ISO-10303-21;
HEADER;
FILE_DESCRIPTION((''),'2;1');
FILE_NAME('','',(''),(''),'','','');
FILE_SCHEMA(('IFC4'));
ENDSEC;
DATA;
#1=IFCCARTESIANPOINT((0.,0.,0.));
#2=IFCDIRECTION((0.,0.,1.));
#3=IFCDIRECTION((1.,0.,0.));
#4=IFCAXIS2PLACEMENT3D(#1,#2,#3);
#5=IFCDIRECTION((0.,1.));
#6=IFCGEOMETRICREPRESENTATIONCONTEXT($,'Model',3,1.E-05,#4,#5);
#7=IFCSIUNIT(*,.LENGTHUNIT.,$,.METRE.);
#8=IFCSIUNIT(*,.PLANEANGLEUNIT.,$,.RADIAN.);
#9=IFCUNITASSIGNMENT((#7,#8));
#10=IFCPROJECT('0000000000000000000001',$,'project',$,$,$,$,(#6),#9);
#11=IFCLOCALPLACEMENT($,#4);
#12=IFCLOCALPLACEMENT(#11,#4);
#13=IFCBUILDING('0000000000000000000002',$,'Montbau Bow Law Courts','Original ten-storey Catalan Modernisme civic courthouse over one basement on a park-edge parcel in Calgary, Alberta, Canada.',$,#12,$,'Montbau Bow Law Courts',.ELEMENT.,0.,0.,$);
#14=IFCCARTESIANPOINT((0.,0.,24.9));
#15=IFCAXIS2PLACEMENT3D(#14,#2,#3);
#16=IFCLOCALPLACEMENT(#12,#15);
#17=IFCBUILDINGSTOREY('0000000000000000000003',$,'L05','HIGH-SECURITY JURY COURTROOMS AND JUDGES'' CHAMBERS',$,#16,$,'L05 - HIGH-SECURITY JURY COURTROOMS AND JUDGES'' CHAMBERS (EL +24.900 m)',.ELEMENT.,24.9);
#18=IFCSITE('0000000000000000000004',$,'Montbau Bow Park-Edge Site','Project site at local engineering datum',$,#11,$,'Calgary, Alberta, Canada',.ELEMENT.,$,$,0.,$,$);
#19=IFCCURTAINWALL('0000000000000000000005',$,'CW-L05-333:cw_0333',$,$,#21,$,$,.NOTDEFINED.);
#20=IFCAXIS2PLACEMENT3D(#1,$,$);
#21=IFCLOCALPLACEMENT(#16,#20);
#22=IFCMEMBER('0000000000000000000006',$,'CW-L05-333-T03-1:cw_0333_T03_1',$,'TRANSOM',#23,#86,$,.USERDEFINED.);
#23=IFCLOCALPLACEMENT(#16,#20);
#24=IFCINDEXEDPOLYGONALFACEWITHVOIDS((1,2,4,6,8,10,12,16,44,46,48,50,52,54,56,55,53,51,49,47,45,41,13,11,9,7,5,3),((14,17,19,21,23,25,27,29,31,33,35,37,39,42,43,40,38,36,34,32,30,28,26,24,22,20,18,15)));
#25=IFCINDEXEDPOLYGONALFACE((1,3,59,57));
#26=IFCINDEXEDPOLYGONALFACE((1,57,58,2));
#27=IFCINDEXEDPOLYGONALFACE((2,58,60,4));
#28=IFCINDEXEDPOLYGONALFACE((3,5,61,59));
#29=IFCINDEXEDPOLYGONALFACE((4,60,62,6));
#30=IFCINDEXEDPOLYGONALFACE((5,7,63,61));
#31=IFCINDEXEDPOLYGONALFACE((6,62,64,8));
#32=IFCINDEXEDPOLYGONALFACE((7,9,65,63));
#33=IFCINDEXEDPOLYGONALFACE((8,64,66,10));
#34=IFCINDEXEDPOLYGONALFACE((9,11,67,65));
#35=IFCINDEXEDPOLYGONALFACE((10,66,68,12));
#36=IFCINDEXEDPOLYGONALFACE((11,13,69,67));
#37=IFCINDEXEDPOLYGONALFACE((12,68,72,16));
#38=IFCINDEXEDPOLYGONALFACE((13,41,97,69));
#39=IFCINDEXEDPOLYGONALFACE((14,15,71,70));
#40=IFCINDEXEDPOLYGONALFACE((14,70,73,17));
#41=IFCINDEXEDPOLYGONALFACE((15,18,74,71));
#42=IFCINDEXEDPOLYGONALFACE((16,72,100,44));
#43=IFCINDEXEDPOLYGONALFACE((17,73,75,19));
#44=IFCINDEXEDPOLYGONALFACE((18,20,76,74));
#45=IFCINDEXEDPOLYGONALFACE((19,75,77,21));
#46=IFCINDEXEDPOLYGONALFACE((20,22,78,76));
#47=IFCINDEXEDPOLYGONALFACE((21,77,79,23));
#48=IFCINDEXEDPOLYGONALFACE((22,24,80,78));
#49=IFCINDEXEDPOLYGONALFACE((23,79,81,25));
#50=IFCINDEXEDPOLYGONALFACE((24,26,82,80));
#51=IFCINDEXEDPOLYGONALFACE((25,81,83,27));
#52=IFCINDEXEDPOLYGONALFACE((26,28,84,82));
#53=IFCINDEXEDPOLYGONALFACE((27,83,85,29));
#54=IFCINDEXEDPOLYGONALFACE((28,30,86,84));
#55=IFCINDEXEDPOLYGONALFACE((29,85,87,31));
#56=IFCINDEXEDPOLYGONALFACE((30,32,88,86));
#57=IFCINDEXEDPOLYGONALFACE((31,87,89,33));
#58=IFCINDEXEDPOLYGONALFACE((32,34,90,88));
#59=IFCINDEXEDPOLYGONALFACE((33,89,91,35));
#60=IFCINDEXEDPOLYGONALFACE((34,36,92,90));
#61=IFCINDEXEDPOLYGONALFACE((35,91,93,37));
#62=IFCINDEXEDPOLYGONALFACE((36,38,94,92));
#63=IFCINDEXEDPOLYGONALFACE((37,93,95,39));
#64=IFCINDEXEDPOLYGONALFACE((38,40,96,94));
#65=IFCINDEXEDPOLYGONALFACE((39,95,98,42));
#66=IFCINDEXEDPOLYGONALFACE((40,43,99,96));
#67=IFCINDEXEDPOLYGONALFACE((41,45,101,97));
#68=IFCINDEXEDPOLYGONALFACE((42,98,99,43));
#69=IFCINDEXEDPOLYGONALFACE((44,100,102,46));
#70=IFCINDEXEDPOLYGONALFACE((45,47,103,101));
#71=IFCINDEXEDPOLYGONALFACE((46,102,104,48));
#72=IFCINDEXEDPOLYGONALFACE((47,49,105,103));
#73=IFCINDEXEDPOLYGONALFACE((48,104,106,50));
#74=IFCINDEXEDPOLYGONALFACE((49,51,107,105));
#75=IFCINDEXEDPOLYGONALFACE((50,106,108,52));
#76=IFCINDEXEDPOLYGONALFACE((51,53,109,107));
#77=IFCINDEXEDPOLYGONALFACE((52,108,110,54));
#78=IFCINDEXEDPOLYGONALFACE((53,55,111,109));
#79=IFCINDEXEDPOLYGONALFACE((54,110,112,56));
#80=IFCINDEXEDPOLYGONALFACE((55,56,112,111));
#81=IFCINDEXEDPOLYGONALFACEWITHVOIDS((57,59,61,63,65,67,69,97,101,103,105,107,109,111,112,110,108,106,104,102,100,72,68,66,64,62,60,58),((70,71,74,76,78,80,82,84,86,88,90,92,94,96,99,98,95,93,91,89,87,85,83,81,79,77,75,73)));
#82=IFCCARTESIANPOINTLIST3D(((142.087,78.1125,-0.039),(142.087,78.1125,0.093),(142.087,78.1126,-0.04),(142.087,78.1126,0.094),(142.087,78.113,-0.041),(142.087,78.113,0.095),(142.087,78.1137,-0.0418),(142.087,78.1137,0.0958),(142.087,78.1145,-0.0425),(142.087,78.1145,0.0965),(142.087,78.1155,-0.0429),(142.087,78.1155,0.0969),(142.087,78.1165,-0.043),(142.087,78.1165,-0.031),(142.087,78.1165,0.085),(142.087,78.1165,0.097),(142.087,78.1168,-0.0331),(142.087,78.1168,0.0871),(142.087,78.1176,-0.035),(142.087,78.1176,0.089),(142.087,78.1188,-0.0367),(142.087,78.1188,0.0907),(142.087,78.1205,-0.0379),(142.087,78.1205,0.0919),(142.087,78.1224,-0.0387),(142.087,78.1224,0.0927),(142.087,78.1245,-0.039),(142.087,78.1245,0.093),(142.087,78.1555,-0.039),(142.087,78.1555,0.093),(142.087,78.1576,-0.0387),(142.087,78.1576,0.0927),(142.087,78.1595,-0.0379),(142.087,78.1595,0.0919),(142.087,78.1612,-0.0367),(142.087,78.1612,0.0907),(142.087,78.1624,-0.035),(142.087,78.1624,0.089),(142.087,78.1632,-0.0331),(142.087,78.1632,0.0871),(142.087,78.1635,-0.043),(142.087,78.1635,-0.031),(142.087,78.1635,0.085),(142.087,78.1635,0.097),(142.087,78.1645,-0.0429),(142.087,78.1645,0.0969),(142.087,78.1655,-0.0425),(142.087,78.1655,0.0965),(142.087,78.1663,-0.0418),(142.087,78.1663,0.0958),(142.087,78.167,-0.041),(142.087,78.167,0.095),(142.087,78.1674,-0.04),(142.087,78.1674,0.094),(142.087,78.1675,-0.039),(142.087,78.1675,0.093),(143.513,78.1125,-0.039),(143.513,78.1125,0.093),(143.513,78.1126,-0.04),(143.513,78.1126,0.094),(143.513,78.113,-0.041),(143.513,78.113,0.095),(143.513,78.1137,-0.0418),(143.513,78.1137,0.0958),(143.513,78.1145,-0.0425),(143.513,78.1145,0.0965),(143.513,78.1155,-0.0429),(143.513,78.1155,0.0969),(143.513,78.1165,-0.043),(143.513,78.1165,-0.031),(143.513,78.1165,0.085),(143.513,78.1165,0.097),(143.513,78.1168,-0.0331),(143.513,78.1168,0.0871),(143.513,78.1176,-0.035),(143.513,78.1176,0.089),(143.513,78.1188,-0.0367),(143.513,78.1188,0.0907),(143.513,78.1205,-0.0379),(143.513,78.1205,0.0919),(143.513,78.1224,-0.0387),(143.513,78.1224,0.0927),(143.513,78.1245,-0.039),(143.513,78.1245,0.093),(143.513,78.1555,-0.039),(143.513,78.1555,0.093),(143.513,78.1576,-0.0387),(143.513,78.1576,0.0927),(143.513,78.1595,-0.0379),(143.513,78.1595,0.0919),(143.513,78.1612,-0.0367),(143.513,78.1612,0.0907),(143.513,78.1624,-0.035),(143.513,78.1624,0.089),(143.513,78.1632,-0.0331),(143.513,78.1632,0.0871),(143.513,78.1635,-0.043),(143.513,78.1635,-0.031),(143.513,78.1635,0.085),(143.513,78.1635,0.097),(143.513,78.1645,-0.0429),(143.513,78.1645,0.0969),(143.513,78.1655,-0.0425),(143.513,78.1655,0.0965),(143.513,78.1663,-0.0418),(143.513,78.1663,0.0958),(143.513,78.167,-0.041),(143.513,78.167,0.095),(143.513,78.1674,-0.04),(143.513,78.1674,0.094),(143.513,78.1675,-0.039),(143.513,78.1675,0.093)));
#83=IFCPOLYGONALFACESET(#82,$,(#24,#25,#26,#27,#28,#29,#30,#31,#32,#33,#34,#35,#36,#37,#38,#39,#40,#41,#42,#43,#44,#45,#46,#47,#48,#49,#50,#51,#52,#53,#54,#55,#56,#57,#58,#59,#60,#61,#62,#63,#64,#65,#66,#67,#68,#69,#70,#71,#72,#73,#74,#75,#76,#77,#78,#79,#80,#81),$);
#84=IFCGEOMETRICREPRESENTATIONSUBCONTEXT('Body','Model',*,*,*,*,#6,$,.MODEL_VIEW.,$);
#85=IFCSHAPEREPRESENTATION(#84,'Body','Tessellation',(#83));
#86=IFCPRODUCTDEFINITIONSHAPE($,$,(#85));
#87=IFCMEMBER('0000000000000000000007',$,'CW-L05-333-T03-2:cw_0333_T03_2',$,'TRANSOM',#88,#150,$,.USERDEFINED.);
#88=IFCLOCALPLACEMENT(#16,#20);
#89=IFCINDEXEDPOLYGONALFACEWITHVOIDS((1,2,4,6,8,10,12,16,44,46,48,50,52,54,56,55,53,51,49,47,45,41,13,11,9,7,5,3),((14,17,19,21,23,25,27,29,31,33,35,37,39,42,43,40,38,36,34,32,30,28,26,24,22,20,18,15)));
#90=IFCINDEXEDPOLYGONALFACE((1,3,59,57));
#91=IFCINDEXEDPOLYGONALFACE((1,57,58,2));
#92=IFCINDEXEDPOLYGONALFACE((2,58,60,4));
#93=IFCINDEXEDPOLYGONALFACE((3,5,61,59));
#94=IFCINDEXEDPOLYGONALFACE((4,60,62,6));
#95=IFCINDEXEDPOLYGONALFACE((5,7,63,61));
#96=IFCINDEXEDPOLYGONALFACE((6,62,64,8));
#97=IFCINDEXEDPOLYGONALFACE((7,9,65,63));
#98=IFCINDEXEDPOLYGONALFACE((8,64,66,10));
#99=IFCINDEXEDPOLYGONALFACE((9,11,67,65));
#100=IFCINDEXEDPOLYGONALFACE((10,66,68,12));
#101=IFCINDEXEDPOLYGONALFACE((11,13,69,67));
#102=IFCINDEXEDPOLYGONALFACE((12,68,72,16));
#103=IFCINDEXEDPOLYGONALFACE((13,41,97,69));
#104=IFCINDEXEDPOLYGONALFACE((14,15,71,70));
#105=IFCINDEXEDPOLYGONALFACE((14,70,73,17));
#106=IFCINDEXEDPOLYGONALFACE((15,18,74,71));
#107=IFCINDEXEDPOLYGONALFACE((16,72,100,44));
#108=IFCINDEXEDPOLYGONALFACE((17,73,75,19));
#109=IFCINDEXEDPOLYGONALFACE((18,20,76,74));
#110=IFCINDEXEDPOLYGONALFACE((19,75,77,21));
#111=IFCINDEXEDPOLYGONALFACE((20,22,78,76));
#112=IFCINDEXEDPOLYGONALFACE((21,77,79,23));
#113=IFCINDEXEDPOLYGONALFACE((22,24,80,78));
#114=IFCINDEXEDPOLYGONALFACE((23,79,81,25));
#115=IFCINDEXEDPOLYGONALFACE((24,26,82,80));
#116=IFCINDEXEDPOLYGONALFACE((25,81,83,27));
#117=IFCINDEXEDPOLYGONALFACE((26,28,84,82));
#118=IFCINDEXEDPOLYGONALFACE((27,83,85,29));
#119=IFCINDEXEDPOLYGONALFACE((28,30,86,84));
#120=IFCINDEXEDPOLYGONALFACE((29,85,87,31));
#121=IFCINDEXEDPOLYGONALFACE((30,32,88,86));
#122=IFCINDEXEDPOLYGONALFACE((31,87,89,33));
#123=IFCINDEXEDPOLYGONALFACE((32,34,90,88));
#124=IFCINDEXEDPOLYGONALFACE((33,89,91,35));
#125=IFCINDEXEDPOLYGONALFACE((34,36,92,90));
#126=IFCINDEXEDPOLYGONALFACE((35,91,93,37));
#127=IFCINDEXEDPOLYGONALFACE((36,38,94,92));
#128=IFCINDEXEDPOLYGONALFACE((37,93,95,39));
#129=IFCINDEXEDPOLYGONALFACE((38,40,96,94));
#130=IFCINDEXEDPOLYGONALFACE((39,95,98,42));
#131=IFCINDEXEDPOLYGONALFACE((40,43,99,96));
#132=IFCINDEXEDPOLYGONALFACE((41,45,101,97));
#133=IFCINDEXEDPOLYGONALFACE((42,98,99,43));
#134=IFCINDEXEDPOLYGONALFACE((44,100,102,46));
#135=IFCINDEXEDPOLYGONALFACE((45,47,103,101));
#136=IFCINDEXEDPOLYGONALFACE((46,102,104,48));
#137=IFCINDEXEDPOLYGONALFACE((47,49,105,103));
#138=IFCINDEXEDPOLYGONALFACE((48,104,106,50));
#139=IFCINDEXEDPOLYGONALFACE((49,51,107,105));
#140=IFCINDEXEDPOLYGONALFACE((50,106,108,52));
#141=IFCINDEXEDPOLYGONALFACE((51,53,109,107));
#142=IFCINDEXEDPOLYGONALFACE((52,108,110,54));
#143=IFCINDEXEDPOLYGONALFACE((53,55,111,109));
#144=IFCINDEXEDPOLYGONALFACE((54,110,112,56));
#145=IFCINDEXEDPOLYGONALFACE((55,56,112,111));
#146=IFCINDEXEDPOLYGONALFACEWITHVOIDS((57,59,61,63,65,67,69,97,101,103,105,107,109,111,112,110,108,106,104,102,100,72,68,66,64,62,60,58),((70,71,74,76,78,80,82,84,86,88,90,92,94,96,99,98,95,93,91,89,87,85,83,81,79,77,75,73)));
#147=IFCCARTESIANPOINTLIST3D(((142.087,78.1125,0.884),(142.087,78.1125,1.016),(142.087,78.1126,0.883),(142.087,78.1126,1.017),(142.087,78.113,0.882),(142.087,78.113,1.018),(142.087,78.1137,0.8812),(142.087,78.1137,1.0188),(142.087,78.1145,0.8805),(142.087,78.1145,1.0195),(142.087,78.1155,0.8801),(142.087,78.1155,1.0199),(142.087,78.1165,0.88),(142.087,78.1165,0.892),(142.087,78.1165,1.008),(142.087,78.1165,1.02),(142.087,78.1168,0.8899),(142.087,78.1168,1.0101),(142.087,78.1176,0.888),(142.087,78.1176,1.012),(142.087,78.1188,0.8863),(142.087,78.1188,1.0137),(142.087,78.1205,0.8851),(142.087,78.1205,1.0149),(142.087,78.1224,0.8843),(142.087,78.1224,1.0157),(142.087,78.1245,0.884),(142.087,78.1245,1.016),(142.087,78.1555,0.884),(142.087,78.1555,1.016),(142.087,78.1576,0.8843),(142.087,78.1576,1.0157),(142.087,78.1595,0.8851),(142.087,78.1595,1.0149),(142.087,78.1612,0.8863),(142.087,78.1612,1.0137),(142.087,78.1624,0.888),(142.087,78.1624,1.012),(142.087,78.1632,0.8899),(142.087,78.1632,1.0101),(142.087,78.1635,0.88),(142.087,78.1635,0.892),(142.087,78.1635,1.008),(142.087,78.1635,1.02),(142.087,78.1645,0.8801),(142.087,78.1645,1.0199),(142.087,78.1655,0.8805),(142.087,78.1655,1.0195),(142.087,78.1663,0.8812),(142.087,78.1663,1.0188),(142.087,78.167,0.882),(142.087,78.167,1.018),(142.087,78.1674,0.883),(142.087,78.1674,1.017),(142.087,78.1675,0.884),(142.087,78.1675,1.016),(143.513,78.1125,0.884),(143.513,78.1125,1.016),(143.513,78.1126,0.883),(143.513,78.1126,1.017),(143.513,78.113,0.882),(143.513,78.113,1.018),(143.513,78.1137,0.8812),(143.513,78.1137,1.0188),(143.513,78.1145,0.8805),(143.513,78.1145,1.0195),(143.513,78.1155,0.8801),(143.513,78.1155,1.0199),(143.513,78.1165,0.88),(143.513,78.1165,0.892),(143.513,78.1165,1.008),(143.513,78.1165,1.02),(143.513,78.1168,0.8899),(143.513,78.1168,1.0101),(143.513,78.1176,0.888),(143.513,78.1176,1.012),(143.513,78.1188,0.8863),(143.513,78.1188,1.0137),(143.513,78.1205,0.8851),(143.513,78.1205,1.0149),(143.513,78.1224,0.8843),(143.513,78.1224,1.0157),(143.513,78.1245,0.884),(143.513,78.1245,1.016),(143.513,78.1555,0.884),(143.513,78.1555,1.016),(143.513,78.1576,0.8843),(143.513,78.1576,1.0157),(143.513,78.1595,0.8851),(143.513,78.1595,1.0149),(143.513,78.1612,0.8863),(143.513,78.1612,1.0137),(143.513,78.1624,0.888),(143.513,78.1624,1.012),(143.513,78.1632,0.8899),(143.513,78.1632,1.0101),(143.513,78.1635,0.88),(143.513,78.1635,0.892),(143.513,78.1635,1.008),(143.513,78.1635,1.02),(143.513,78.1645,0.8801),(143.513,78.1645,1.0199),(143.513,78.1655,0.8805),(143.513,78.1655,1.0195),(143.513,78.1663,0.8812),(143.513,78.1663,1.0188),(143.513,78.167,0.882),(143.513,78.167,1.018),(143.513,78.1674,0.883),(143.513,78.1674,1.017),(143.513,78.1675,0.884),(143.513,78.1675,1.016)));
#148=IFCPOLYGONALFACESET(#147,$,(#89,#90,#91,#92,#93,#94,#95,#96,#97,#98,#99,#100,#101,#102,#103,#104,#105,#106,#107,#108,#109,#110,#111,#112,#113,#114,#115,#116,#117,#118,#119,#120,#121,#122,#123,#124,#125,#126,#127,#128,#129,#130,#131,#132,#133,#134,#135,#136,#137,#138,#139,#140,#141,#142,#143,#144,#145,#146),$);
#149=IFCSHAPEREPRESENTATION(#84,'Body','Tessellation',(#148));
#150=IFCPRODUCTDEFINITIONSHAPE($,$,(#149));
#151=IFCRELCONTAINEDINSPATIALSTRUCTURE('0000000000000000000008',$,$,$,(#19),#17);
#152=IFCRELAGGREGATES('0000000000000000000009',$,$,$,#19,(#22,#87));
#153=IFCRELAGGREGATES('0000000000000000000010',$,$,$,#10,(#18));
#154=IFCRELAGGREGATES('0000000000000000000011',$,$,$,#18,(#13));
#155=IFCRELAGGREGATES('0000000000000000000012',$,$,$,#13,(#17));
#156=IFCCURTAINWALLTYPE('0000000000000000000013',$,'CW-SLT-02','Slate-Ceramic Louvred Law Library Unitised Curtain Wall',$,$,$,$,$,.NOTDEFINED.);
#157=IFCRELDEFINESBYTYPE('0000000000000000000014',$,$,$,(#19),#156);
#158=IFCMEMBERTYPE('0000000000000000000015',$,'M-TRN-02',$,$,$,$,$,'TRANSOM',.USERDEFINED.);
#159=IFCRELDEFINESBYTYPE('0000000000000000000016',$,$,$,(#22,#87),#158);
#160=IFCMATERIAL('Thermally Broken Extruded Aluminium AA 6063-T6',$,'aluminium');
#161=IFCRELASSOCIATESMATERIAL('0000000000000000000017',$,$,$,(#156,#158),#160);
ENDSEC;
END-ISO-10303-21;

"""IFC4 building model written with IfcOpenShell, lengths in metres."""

from ifc_helpers import new_model, si_unit, direction, frame, origin_with_axes, origin_2d_with_axis, place, context, subcontext, project, spatial, hollow_rectangle, extrude, material, material_profile, profile_set, type_object, element, aggregate, save


model = new_model("IFC4")

# Units and contexts
model_context = context("Model", 3, precision=1e-05, world=origin_with_axes(), true_north=direction((0.0, 1.0)))
body_context = subcontext(model_context, "Body", "Model", "MODEL_VIEW")
ifc_project = project(units=[si_unit("LENGTHUNIT", "METRE"), si_unit("PLANEANGLEUNIT", "RADIAN")], contexts=[model_context])

# Site, building, storey
site_placement = place(None, origin_with_axes())
site = spatial("IfcSite", under=ifc_project, at=site_placement, Name="Montbau Bow Park-Edge Site", Description="Project site at local engineering datum", LongName="Calgary, Alberta, Canada", CompositionType="ELEMENT", RefElevation=0.0)
building_placement = place(site_placement, origin_with_axes())
building = spatial("IfcBuilding", under=site, at=building_placement, Name="Montbau Bow Law Courts", Description="Original ten-storey Catalan Modernisme civic courthouse over one basement on a park-edge parcel in Calgary, Alberta, Canada.", LongName="Montbau Bow Law Courts", CompositionType="ELEMENT", ElevationOfRefHeight=0.0, ElevationOfTerrain=0.0)
storey_placement = place(building_placement, frame((0.0, 0.0, 24.9), z_axis=(0.0, 0.0, 1.0), x_axis=(1.0, 0.0, 0.0)))
storey = spatial("IfcBuildingStorey", under=building, at=storey_placement, Name="L05", Description="HIGH-SECURITY JURY COURTROOMS AND JUDGES' CHAMBERS", LongName="L05 - HIGH-SECURITY JURY COURTROOMS AND JUDGES' CHAMBERS (EL +24.900 m)", CompositionType="ELEMENT", Elevation=24.9)

# Curtain wall, members
ifc_material_1 = material(Name="Thermally Broken Extruded Aluminium AA 6063-T6", Category="aluminium")
curtain_wall_type = type_object("IfcCurtainWallType", Name="CW-SLT-02", Description="Slate-Ceramic Louvred Law Library Unitised Curtain Wall", PredefinedType="NOTDEFINED", material=ifc_material_1)
curtain_wall_placement = place(None, frame((139.04, 78.14, 24.9), z_axis=(0.0, 0.0, 1.0), x_axis=(1.0, 0.0, 0.0)))
curtain_wall = element("IfcCurtainWall", 1, at=curtain_wall_placement, inside=storey, type_object=curtain_wall_type, Name="CW-L05-333:cw_0333", PredefinedType="NOTDEFINED")
ifc_material_profile_1 = material_profile(ifc_material_1, hollow_rectangle(XDim=0.055, YDim=0.14, WallThickness=0.004, InnerFilletRadius=0.008, OuterFilletRadius=0.004, at=origin_2d_with_axis()), Name="CWT-140X55", Category="Main", Priority=0)
ifc_profile_set_1 = profile_set([ifc_material_profile_1], Name="Thermally Broken Extruded Aluminium AA 6063-T6")
member_type_1 = type_object("IfcMemberType", Name="M-TRN-02", ElementType="TRANSOM", PredefinedType="USERDEFINED", material=ifc_profile_set_1)
member_1_placement = place(None, frame((142.087, 78.14, 24.927), z_axis=(1.0, 0.0, 0.0), x_axis=(0.0, 1.0, 0.0)))
member_1 = element("IfcMember", 2, at=member_1_placement, type_object=member_type_1, Name="CW-L05-333-T03-1:cw_0333_T03_1", ObjectType="TRANSOM", PredefinedType="USERDEFINED", context=body_context, shape_type="SweptSolid", body=[
    extrude(hollow_rectangle(XDim=0.055, YDim=0.14, WallThickness=0.004, InnerFilletRadius=0.008, OuterFilletRadius=0.004, at=origin_2d_with_axis()), origin_with_axes(), (0.0, 0.0, 1.0), 1.426),
])
member_2_placement = place(None, frame((142.087, 78.14, 25.85), z_axis=(1.0, 0.0, 0.0), x_axis=(0.0, 1.0, 0.0)))
member_2 = element("IfcMember", 3, at=member_2_placement, type_object=member_type_1, Name="CW-L05-333-T03-2:cw_0333_T03_2", ObjectType="TRANSOM", PredefinedType="USERDEFINED", context=body_context, shape_type="SweptSolid", body=[
    extrude(hollow_rectangle(XDim=0.055, YDim=0.14, WallThickness=0.004, InnerFilletRadius=0.008, OuterFilletRadius=0.004, at=origin_2d_with_axis()), origin_with_axes(), (0.0, 0.0, 1.0), 1.426),
])
aggregate(curtain_wall, [member_1, member_2])

save(model, "model.ifc")
